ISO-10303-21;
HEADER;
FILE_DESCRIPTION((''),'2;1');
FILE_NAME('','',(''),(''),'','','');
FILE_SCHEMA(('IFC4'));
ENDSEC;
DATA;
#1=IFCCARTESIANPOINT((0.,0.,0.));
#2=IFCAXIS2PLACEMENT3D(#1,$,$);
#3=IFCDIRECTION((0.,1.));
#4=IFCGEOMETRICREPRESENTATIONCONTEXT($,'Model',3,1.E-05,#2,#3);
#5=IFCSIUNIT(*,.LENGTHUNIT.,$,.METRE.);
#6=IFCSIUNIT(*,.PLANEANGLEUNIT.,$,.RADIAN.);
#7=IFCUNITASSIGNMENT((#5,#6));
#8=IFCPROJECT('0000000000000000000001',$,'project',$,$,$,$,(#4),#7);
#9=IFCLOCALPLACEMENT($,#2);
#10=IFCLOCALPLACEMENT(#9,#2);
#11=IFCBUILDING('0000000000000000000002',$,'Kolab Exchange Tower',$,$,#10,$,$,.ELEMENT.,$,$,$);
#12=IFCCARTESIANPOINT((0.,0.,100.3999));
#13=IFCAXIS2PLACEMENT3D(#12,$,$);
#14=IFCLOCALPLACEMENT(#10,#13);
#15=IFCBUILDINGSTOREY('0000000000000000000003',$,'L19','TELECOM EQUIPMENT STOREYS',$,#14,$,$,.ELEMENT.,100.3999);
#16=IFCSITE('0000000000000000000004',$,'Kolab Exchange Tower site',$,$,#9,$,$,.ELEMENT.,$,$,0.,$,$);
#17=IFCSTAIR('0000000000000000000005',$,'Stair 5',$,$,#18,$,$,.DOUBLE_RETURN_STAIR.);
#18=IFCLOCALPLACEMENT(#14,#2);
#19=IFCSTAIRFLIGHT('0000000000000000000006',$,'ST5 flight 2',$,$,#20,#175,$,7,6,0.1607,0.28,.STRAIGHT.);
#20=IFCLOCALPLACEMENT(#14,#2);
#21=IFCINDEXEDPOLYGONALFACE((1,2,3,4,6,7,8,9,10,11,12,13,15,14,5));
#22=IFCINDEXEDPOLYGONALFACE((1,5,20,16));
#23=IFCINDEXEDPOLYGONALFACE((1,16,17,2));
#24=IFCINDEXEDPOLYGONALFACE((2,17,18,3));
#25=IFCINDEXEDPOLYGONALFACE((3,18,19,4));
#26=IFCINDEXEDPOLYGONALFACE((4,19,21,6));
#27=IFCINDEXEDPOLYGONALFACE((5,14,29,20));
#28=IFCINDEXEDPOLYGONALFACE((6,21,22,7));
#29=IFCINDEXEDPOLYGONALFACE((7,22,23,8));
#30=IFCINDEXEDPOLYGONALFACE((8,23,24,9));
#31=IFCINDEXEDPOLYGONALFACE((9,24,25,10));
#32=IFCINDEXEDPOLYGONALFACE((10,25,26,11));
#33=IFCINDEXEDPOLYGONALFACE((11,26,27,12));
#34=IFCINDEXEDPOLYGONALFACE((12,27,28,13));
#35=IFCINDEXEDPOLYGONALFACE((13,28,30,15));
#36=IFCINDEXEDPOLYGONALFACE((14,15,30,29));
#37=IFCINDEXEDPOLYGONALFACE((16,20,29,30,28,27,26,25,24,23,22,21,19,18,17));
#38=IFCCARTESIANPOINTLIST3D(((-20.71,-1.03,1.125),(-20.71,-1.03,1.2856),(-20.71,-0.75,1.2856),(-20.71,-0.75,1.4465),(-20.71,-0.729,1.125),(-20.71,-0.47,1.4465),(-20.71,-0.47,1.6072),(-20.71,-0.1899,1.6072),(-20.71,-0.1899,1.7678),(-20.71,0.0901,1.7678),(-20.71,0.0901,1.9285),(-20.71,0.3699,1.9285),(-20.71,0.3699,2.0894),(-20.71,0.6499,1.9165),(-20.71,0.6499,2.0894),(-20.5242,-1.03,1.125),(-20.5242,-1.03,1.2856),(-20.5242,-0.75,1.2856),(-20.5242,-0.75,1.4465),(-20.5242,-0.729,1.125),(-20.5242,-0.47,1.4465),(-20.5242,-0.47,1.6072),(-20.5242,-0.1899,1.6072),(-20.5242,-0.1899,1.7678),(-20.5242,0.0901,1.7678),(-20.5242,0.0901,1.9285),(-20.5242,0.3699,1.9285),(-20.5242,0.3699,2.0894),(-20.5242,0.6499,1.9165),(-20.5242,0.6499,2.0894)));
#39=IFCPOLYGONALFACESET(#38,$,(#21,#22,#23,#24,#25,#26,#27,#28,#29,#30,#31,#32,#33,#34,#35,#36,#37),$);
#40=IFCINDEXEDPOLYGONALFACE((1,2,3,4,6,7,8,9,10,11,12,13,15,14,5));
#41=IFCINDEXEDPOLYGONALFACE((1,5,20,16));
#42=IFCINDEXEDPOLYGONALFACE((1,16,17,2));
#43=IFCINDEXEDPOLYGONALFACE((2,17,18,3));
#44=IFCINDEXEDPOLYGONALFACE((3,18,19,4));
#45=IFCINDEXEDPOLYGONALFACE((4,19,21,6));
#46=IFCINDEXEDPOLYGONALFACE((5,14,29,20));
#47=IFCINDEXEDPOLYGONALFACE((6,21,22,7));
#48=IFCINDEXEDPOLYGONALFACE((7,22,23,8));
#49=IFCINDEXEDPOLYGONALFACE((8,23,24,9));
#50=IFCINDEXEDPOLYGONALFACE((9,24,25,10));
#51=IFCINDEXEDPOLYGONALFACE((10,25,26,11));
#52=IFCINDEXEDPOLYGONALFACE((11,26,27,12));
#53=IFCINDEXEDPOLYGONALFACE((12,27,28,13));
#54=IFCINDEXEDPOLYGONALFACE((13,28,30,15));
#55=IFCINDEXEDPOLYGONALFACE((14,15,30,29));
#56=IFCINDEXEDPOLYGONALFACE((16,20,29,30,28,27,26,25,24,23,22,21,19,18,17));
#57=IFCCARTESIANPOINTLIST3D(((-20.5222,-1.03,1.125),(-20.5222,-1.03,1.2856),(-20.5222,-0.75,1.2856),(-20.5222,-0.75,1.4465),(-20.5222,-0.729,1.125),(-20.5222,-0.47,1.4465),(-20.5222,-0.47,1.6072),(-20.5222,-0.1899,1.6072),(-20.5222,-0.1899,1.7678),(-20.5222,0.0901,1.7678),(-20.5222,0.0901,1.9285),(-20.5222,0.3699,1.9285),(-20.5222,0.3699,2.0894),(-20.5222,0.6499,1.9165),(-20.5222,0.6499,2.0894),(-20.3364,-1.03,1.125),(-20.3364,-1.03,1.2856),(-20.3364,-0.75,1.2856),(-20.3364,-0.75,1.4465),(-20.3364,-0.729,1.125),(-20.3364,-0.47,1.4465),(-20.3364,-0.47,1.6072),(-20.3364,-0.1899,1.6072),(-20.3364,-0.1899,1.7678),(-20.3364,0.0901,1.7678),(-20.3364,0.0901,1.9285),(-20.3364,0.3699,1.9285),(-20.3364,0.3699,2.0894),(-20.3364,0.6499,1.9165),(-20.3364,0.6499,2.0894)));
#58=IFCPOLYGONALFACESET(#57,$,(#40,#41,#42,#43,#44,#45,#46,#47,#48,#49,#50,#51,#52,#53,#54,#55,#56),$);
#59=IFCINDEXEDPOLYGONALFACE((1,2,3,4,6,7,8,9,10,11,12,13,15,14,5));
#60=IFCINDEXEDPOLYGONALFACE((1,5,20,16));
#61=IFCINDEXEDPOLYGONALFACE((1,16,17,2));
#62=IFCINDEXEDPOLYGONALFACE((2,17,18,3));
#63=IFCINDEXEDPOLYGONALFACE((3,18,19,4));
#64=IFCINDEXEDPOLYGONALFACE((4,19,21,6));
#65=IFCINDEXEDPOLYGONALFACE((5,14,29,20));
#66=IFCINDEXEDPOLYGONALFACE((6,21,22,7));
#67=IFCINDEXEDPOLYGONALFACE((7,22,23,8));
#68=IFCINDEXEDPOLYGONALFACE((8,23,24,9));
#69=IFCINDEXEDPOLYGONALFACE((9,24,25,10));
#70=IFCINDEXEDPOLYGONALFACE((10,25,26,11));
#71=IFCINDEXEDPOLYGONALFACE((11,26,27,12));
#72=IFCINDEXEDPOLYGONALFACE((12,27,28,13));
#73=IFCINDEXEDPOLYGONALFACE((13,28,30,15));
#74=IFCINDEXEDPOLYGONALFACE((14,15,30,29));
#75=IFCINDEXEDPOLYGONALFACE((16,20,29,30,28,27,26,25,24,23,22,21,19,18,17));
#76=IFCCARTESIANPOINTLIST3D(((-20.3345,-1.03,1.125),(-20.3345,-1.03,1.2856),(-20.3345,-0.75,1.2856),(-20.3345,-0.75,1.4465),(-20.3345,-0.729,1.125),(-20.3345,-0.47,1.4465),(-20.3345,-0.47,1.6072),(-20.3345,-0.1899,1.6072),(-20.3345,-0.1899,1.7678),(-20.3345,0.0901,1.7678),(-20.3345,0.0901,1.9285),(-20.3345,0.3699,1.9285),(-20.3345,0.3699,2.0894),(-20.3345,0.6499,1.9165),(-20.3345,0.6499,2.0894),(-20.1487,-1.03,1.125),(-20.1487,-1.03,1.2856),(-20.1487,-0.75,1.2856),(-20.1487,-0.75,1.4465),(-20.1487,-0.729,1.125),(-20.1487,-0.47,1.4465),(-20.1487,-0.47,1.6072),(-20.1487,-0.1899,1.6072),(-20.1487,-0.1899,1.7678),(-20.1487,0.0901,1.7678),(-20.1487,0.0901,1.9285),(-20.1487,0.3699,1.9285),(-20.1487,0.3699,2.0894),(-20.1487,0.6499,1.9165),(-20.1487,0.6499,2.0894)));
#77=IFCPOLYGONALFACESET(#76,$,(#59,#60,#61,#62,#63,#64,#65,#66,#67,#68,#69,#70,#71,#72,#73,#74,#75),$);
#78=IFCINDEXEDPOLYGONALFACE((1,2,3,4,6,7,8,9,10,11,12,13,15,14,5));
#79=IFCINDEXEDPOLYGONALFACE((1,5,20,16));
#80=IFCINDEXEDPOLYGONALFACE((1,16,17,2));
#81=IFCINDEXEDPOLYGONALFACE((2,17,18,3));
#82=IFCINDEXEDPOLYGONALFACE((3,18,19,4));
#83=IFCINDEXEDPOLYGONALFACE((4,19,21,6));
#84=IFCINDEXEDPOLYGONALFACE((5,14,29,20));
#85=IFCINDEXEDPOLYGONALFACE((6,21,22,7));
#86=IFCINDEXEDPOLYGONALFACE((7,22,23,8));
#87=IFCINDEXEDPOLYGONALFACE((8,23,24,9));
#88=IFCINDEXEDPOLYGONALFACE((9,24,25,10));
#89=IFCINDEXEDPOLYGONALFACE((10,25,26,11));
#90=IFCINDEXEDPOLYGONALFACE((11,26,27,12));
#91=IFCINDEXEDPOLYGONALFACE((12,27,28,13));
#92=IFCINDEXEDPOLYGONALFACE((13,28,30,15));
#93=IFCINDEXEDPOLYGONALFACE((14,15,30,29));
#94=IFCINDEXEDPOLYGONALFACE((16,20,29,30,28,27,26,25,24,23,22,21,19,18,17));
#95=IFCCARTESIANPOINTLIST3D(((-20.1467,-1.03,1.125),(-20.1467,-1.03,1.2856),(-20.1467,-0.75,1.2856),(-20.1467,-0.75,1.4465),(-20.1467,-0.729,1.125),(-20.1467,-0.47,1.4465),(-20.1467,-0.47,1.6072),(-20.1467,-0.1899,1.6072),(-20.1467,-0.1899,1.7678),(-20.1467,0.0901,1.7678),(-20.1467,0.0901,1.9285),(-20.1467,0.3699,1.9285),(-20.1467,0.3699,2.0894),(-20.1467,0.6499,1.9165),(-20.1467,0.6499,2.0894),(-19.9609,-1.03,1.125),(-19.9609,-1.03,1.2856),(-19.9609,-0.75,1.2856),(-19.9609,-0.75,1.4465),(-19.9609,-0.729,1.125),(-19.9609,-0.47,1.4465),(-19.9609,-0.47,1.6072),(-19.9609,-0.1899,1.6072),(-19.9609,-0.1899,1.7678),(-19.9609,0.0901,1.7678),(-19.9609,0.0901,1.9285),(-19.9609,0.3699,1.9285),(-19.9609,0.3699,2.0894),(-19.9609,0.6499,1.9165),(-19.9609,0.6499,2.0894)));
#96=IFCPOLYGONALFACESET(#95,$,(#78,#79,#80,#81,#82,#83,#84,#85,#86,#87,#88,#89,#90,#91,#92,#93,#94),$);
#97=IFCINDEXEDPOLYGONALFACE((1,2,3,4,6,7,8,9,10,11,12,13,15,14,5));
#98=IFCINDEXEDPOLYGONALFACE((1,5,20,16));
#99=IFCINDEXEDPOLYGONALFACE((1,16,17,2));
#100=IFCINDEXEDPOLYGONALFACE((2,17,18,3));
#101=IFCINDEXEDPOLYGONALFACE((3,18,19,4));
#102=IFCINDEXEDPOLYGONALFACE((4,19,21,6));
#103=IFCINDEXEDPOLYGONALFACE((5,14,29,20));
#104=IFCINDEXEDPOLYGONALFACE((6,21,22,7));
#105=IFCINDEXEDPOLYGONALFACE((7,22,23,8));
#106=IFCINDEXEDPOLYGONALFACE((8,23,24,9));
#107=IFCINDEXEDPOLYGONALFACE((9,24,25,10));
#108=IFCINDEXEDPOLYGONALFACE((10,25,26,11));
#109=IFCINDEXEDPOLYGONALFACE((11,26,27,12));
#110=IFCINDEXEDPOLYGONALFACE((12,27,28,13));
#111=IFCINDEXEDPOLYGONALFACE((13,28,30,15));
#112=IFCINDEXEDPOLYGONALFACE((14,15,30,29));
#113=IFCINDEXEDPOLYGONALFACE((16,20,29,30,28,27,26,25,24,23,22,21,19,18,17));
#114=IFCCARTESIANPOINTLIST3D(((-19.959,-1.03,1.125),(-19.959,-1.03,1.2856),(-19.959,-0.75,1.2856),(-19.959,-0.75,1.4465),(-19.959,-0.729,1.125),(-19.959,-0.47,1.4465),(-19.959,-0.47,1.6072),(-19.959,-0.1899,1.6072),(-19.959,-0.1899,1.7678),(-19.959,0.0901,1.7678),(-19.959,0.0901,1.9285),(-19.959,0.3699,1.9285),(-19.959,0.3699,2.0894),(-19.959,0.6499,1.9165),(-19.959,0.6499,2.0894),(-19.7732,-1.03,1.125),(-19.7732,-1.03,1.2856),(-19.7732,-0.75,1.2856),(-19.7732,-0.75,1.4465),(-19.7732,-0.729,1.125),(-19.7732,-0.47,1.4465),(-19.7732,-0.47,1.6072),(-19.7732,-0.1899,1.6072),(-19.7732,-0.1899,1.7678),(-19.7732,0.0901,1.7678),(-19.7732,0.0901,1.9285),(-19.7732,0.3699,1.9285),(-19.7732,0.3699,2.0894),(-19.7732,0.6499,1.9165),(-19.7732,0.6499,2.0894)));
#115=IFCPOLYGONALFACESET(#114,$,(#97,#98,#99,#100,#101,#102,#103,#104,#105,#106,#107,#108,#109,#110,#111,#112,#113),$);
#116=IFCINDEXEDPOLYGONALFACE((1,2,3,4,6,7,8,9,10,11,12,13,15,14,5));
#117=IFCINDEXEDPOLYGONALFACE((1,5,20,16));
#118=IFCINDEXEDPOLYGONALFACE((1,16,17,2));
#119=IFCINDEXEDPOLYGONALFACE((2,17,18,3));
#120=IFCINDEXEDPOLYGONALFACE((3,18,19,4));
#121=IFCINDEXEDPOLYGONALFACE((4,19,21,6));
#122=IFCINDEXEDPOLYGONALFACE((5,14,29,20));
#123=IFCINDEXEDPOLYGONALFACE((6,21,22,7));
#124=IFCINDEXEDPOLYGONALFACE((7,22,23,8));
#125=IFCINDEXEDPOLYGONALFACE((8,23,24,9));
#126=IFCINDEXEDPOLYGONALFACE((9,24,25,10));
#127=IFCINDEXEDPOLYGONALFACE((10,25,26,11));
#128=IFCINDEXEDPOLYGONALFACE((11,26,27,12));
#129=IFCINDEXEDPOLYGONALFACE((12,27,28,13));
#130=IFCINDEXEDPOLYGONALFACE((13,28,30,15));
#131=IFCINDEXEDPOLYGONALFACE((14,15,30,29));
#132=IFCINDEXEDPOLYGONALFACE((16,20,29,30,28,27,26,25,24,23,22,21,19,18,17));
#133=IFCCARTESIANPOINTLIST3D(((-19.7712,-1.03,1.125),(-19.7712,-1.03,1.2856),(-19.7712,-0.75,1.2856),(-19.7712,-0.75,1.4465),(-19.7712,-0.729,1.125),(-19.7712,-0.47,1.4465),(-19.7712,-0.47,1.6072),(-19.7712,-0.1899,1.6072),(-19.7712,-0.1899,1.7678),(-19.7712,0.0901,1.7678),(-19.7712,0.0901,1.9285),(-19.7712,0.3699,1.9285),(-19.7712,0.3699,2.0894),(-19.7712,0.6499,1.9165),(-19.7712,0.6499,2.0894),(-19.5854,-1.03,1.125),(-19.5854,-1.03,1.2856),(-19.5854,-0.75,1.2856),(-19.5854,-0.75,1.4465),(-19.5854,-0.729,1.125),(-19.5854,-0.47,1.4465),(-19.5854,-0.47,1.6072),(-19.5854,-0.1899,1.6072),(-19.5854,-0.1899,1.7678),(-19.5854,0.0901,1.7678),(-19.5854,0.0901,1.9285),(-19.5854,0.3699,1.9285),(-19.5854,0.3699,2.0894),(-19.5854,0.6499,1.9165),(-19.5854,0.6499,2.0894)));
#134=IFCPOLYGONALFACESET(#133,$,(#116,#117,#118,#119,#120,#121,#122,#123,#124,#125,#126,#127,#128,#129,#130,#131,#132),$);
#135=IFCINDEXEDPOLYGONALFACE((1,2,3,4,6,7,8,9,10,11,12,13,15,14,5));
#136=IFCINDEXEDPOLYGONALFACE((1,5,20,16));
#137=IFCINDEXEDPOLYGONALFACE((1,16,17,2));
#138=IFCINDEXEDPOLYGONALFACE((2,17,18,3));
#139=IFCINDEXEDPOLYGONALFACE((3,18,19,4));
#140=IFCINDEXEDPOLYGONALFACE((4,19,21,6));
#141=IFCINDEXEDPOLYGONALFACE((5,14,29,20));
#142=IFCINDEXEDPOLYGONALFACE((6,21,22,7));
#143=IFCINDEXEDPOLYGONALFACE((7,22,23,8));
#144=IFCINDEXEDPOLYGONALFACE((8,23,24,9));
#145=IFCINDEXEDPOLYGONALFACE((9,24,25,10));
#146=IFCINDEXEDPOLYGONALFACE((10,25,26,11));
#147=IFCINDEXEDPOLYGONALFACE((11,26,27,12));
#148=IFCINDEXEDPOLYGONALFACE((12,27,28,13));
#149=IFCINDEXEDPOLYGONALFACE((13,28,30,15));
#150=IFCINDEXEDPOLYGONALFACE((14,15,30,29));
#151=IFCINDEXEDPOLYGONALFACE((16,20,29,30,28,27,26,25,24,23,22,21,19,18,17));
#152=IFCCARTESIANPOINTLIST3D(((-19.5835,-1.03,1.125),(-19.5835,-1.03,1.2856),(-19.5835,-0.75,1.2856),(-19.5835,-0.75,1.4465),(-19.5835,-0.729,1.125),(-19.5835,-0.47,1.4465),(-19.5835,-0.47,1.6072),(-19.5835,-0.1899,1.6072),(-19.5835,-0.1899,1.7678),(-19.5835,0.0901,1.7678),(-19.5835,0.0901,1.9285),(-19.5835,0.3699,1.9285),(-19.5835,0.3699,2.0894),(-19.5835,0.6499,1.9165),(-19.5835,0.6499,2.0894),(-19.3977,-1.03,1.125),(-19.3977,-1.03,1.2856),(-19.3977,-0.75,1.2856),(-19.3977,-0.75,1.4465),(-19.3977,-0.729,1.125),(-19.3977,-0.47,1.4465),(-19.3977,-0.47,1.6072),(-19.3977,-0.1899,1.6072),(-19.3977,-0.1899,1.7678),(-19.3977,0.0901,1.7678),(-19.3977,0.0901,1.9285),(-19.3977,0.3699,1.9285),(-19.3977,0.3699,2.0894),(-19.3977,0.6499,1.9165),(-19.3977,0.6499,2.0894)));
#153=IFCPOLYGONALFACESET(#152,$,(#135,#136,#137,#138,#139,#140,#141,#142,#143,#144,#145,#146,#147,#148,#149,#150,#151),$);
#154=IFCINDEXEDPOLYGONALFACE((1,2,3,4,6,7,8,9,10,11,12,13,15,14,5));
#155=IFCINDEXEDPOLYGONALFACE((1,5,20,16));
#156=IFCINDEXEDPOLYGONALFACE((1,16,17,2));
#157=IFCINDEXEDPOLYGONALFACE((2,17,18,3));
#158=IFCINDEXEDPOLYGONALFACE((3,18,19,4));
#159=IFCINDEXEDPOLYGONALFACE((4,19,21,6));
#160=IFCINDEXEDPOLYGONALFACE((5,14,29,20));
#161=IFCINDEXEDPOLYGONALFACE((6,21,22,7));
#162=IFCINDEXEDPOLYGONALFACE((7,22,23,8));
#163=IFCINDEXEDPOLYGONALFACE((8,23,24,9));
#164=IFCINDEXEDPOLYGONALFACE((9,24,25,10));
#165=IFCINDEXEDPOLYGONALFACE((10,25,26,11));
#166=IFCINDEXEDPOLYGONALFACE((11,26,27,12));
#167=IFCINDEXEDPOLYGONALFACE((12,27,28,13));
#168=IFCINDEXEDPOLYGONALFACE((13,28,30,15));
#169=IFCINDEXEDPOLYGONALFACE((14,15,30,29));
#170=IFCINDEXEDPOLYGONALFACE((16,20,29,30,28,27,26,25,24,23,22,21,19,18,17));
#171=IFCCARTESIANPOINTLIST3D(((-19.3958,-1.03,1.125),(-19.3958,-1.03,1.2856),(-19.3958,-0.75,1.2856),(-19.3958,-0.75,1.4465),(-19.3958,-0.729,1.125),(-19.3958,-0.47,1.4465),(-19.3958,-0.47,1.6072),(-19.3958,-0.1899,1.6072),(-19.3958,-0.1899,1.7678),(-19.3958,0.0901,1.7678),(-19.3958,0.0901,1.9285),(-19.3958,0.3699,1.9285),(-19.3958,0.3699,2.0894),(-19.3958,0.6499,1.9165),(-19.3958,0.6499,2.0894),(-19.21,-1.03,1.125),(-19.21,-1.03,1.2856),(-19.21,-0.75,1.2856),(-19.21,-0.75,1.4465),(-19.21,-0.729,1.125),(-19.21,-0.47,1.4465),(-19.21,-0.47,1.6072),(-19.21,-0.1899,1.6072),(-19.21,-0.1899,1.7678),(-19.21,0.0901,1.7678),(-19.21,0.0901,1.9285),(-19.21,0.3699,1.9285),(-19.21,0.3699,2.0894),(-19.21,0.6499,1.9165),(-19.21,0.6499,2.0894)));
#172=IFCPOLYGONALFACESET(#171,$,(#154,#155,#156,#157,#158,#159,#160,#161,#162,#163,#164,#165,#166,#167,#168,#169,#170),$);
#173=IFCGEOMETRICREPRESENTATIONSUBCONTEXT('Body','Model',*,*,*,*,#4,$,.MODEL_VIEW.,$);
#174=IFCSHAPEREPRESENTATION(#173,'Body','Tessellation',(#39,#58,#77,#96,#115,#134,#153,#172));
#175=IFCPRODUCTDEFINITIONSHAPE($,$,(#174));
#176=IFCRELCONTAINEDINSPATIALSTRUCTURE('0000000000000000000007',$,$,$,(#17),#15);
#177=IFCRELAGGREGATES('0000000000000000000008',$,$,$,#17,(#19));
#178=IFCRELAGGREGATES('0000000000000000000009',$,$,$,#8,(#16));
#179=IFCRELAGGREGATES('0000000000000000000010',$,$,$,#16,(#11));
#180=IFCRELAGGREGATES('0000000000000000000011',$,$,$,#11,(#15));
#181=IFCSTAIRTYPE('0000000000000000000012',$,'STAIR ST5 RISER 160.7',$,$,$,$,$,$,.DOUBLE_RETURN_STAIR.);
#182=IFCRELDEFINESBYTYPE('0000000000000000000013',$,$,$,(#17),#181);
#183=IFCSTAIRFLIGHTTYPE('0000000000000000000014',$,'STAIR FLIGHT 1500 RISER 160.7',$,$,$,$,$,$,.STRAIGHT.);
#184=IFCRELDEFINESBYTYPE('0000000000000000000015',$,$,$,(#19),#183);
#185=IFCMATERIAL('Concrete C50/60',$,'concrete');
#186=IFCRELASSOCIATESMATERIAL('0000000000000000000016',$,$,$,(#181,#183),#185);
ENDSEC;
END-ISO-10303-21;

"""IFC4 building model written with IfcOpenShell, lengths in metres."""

from ifc_helpers import new_model, si_unit, direction, frame, origin, place, context, subcontext, project, spatial, polyline, outline, extrude, material, type_object, element, aggregate, save


model = new_model("IFC4")

# Units and contexts
model_context = context("Model", 3, precision=1e-05, world=origin(), true_north=direction((0.0, 1.0)))
body_context = subcontext(model_context, "Body", "Model", "MODEL_VIEW")
ifc_project = project(units=[si_unit("LENGTHUNIT", "METRE"), si_unit("PLANEANGLEUNIT", "RADIAN")], contexts=[model_context])

# Site, building, storey
site_placement = place(None, origin())
site = spatial("IfcSite", under=ifc_project, at=site_placement, Name="Kolab Exchange Tower site", CompositionType="ELEMENT", RefElevation=0.0)
building_placement = place(site_placement, origin())
building = spatial("IfcBuilding", under=site, at=building_placement, Name="Kolab Exchange Tower", CompositionType="ELEMENT")
storey_placement = place(building_placement, frame((0.0, 0.0, 100.3999)))
storey = spatial("IfcBuildingStorey", under=building, at=storey_placement, Name="L19", Description="TELECOM EQUIPMENT STOREYS", CompositionType="ELEMENT", Elevation=100.3999)

# Shared definitions
ifc_material_1 = material(Name="Concrete C50/60", Category="concrete")

# Stair, stair flight
stair_type = type_object("IfcStairType", Name="STAIR ST5 RISER 160.7", PredefinedType="DOUBLE_RETURN_STAIR", material=ifc_material_1)
stair_placement = place(storey_placement, origin())
stair = element("IfcStair", 1, at=stair_placement, inside=storey, type_object=stair_type, Name="Stair 5", PredefinedType="DOUBLE_RETURN_STAIR")
stair_flight_type = type_object("IfcStairFlightType", Name="STAIR FLIGHT 1500 RISER 160.7", PredefinedType="STRAIGHT", material=ifc_material_1)
stair_flight_1_placement = place(storey_placement, frame((-19.96, -1.03, 1.125), z_axis=(0.0, 0.0, 1.0), x_axis=(0.0, 1.0, 0.0)))
stair_flight_1 = element("IfcStairFlight", 2, at=stair_flight_1_placement, type_object=stair_flight_type, Name="ST5 flight 2", NumberOfRisers=7, NumberOfTreads=6, PredefinedType="STRAIGHT", RiserHeight=0.1607, TreadLength=0.28, context=body_context, shape_type="SweptSolid", body=[
    extrude(outline(polyline([(0.0, 0.0), (0.0, 0.1606), (0.28, 0.1606), (0.28, 0.3215), (0.5601, 0.3215), (0.5601, 0.4822), (0.8401, 0.4822), (0.8401, 0.6428), (1.1201, 0.6428), (1.1201, 0.8035), (1.3999, 0.8035), (1.3999, 0.9644), (1.6799, 0.9644), (1.6799, 1.125), (1.6799, 0.7915), (0.301, 0.0), (0.0, 0.0)])), frame((0.0, 0.75, 0.0), z_axis=(0.0, -1.0, 0.0), x_axis=(1.0, 0.0, 0.0)), (0.0, 0.0, 1.0), 0.1858),
    extrude(outline(polyline([(0.0, 0.0), (0.0, 0.1606), (0.28, 0.1606), (0.28, 0.3215), (0.5601, 0.3215), (0.5601, 0.4822), (0.8401, 0.4822), (0.8401, 0.6428), (1.1201, 0.6428), (1.1201, 0.8035), (1.3999, 0.8035), (1.3999, 0.9644), (1.6799, 0.9644), (1.6799, 1.125), (1.6799, 0.7915), (0.301, 0.0), (0.0, 0.0)])), frame((0.0, 0.5623, 0.0), z_axis=(0.0, -1.0, 0.0), x_axis=(1.0, 0.0, 0.0)), (0.0, 0.0, 1.0), 0.1858),
    extrude(outline(polyline([(0.0, 0.0), (0.0, 0.1606), (0.28, 0.1606), (0.28, 0.3215), (0.5601, 0.3215), (0.5601, 0.4822), (0.8401, 0.4822), (0.8401, 0.6428), (1.1201, 0.6428), (1.1201, 0.8035), (1.3999, 0.8035), (1.3999, 0.9644), (1.6799, 0.9644), (1.6799, 1.125), (1.6799, 0.7915), (0.301, 0.0), (0.0, 0.0)])), frame((0.0, 0.3745, 0.0), z_axis=(0.0, -1.0, 0.0), x_axis=(1.0, 0.0, 0.0)), (0.0, 0.0, 1.0), 0.1858),
    extrude(outline(polyline([(0.0, 0.0), (0.0, 0.1606), (0.28, 0.1606), (0.28, 0.3215), (0.5601, 0.3215), (0.5601, 0.4822), (0.8401, 0.4822), (0.8401, 0.6428), (1.1201, 0.6428), (1.1201, 0.8035), (1.3999, 0.8035), (1.3999, 0.9644), (1.6799, 0.9644), (1.6799, 1.125), (1.6799, 0.7915), (0.301, 0.0), (0.0, 0.0)])), frame((0.0, 0.1868, 0.0), z_axis=(0.0, -1.0, 0.0), x_axis=(1.0, 0.0, 0.0)), (0.0, 0.0, 1.0), 0.1858),
    extrude(outline(polyline([(0.0, 0.0), (0.0, 0.1606), (0.28, 0.1606), (0.28, 0.3215), (0.5601, 0.3215), (0.5601, 0.4822), (0.8401, 0.4822), (0.8401, 0.6428), (1.1201, 0.6428), (1.1201, 0.8035), (1.3999, 0.8035), (1.3999, 0.9644), (1.6799, 0.9644), (1.6799, 1.125), (1.6799, 0.7915), (0.301, 0.0), (0.0, 0.0)])), frame((0.0, -0.001, 0.0), z_axis=(0.0, -1.0, 0.0), x_axis=(1.0, 0.0, 0.0)), (0.0, 0.0, 1.0), 0.1858),
    extrude(outline(polyline([(0.0, 0.0), (0.0, 0.1606), (0.28, 0.1606), (0.28, 0.3215), (0.5601, 0.3215), (0.5601, 0.4822), (0.8401, 0.4822), (0.8401, 0.6428), (1.1201, 0.6428), (1.1201, 0.8035), (1.3999, 0.8035), (1.3999, 0.9644), (1.6799, 0.9644), (1.6799, 1.125), (1.6799, 0.7915), (0.301, 0.0), (0.0, 0.0)])), frame((0.0, -0.1887, 0.0), z_axis=(0.0, -1.0, 0.0), x_axis=(1.0, 0.0, 0.0)), (0.0, 0.0, 1.0), 0.1858),
    extrude(outline(polyline([(0.0, 0.0), (0.0, 0.1606), (0.28, 0.1606), (0.28, 0.3215), (0.5601, 0.3215), (0.5601, 0.4822), (0.8401, 0.4822), (0.8401, 0.6428), (1.1201, 0.6428), (1.1201, 0.8035), (1.3999, 0.8035), (1.3999, 0.9644), (1.6799, 0.9644), (1.6799, 1.125), (1.6799, 0.7915), (0.301, 0.0), (0.0, 0.0)])), frame((0.0, -0.3765, 0.0), z_axis=(0.0, -1.0, 0.0), x_axis=(1.0, 0.0, 0.0)), (0.0, 0.0, 1.0), 0.1858),
    extrude(outline(polyline([(0.0, 0.0), (0.0, 0.1606), (0.28, 0.1606), (0.28, 0.3215), (0.5601, 0.3215), (0.5601, 0.4822), (0.8401, 0.4822), (0.8401, 0.6428), (1.1201, 0.6428), (1.1201, 0.8035), (1.3999, 0.8035), (1.3999, 0.9644), (1.6799, 0.9644), (1.6799, 1.125), (1.6799, 0.7915), (0.301, 0.0), (0.0, 0.0)])), frame((0.0, -0.5642, 0.0), z_axis=(0.0, -1.0, 0.0), x_axis=(1.0, 0.0, 0.0)), (0.0, 0.0, 1.0), 0.1858),
])
aggregate(stair, [stair_flight_1])

save(model, "model.ifc")
